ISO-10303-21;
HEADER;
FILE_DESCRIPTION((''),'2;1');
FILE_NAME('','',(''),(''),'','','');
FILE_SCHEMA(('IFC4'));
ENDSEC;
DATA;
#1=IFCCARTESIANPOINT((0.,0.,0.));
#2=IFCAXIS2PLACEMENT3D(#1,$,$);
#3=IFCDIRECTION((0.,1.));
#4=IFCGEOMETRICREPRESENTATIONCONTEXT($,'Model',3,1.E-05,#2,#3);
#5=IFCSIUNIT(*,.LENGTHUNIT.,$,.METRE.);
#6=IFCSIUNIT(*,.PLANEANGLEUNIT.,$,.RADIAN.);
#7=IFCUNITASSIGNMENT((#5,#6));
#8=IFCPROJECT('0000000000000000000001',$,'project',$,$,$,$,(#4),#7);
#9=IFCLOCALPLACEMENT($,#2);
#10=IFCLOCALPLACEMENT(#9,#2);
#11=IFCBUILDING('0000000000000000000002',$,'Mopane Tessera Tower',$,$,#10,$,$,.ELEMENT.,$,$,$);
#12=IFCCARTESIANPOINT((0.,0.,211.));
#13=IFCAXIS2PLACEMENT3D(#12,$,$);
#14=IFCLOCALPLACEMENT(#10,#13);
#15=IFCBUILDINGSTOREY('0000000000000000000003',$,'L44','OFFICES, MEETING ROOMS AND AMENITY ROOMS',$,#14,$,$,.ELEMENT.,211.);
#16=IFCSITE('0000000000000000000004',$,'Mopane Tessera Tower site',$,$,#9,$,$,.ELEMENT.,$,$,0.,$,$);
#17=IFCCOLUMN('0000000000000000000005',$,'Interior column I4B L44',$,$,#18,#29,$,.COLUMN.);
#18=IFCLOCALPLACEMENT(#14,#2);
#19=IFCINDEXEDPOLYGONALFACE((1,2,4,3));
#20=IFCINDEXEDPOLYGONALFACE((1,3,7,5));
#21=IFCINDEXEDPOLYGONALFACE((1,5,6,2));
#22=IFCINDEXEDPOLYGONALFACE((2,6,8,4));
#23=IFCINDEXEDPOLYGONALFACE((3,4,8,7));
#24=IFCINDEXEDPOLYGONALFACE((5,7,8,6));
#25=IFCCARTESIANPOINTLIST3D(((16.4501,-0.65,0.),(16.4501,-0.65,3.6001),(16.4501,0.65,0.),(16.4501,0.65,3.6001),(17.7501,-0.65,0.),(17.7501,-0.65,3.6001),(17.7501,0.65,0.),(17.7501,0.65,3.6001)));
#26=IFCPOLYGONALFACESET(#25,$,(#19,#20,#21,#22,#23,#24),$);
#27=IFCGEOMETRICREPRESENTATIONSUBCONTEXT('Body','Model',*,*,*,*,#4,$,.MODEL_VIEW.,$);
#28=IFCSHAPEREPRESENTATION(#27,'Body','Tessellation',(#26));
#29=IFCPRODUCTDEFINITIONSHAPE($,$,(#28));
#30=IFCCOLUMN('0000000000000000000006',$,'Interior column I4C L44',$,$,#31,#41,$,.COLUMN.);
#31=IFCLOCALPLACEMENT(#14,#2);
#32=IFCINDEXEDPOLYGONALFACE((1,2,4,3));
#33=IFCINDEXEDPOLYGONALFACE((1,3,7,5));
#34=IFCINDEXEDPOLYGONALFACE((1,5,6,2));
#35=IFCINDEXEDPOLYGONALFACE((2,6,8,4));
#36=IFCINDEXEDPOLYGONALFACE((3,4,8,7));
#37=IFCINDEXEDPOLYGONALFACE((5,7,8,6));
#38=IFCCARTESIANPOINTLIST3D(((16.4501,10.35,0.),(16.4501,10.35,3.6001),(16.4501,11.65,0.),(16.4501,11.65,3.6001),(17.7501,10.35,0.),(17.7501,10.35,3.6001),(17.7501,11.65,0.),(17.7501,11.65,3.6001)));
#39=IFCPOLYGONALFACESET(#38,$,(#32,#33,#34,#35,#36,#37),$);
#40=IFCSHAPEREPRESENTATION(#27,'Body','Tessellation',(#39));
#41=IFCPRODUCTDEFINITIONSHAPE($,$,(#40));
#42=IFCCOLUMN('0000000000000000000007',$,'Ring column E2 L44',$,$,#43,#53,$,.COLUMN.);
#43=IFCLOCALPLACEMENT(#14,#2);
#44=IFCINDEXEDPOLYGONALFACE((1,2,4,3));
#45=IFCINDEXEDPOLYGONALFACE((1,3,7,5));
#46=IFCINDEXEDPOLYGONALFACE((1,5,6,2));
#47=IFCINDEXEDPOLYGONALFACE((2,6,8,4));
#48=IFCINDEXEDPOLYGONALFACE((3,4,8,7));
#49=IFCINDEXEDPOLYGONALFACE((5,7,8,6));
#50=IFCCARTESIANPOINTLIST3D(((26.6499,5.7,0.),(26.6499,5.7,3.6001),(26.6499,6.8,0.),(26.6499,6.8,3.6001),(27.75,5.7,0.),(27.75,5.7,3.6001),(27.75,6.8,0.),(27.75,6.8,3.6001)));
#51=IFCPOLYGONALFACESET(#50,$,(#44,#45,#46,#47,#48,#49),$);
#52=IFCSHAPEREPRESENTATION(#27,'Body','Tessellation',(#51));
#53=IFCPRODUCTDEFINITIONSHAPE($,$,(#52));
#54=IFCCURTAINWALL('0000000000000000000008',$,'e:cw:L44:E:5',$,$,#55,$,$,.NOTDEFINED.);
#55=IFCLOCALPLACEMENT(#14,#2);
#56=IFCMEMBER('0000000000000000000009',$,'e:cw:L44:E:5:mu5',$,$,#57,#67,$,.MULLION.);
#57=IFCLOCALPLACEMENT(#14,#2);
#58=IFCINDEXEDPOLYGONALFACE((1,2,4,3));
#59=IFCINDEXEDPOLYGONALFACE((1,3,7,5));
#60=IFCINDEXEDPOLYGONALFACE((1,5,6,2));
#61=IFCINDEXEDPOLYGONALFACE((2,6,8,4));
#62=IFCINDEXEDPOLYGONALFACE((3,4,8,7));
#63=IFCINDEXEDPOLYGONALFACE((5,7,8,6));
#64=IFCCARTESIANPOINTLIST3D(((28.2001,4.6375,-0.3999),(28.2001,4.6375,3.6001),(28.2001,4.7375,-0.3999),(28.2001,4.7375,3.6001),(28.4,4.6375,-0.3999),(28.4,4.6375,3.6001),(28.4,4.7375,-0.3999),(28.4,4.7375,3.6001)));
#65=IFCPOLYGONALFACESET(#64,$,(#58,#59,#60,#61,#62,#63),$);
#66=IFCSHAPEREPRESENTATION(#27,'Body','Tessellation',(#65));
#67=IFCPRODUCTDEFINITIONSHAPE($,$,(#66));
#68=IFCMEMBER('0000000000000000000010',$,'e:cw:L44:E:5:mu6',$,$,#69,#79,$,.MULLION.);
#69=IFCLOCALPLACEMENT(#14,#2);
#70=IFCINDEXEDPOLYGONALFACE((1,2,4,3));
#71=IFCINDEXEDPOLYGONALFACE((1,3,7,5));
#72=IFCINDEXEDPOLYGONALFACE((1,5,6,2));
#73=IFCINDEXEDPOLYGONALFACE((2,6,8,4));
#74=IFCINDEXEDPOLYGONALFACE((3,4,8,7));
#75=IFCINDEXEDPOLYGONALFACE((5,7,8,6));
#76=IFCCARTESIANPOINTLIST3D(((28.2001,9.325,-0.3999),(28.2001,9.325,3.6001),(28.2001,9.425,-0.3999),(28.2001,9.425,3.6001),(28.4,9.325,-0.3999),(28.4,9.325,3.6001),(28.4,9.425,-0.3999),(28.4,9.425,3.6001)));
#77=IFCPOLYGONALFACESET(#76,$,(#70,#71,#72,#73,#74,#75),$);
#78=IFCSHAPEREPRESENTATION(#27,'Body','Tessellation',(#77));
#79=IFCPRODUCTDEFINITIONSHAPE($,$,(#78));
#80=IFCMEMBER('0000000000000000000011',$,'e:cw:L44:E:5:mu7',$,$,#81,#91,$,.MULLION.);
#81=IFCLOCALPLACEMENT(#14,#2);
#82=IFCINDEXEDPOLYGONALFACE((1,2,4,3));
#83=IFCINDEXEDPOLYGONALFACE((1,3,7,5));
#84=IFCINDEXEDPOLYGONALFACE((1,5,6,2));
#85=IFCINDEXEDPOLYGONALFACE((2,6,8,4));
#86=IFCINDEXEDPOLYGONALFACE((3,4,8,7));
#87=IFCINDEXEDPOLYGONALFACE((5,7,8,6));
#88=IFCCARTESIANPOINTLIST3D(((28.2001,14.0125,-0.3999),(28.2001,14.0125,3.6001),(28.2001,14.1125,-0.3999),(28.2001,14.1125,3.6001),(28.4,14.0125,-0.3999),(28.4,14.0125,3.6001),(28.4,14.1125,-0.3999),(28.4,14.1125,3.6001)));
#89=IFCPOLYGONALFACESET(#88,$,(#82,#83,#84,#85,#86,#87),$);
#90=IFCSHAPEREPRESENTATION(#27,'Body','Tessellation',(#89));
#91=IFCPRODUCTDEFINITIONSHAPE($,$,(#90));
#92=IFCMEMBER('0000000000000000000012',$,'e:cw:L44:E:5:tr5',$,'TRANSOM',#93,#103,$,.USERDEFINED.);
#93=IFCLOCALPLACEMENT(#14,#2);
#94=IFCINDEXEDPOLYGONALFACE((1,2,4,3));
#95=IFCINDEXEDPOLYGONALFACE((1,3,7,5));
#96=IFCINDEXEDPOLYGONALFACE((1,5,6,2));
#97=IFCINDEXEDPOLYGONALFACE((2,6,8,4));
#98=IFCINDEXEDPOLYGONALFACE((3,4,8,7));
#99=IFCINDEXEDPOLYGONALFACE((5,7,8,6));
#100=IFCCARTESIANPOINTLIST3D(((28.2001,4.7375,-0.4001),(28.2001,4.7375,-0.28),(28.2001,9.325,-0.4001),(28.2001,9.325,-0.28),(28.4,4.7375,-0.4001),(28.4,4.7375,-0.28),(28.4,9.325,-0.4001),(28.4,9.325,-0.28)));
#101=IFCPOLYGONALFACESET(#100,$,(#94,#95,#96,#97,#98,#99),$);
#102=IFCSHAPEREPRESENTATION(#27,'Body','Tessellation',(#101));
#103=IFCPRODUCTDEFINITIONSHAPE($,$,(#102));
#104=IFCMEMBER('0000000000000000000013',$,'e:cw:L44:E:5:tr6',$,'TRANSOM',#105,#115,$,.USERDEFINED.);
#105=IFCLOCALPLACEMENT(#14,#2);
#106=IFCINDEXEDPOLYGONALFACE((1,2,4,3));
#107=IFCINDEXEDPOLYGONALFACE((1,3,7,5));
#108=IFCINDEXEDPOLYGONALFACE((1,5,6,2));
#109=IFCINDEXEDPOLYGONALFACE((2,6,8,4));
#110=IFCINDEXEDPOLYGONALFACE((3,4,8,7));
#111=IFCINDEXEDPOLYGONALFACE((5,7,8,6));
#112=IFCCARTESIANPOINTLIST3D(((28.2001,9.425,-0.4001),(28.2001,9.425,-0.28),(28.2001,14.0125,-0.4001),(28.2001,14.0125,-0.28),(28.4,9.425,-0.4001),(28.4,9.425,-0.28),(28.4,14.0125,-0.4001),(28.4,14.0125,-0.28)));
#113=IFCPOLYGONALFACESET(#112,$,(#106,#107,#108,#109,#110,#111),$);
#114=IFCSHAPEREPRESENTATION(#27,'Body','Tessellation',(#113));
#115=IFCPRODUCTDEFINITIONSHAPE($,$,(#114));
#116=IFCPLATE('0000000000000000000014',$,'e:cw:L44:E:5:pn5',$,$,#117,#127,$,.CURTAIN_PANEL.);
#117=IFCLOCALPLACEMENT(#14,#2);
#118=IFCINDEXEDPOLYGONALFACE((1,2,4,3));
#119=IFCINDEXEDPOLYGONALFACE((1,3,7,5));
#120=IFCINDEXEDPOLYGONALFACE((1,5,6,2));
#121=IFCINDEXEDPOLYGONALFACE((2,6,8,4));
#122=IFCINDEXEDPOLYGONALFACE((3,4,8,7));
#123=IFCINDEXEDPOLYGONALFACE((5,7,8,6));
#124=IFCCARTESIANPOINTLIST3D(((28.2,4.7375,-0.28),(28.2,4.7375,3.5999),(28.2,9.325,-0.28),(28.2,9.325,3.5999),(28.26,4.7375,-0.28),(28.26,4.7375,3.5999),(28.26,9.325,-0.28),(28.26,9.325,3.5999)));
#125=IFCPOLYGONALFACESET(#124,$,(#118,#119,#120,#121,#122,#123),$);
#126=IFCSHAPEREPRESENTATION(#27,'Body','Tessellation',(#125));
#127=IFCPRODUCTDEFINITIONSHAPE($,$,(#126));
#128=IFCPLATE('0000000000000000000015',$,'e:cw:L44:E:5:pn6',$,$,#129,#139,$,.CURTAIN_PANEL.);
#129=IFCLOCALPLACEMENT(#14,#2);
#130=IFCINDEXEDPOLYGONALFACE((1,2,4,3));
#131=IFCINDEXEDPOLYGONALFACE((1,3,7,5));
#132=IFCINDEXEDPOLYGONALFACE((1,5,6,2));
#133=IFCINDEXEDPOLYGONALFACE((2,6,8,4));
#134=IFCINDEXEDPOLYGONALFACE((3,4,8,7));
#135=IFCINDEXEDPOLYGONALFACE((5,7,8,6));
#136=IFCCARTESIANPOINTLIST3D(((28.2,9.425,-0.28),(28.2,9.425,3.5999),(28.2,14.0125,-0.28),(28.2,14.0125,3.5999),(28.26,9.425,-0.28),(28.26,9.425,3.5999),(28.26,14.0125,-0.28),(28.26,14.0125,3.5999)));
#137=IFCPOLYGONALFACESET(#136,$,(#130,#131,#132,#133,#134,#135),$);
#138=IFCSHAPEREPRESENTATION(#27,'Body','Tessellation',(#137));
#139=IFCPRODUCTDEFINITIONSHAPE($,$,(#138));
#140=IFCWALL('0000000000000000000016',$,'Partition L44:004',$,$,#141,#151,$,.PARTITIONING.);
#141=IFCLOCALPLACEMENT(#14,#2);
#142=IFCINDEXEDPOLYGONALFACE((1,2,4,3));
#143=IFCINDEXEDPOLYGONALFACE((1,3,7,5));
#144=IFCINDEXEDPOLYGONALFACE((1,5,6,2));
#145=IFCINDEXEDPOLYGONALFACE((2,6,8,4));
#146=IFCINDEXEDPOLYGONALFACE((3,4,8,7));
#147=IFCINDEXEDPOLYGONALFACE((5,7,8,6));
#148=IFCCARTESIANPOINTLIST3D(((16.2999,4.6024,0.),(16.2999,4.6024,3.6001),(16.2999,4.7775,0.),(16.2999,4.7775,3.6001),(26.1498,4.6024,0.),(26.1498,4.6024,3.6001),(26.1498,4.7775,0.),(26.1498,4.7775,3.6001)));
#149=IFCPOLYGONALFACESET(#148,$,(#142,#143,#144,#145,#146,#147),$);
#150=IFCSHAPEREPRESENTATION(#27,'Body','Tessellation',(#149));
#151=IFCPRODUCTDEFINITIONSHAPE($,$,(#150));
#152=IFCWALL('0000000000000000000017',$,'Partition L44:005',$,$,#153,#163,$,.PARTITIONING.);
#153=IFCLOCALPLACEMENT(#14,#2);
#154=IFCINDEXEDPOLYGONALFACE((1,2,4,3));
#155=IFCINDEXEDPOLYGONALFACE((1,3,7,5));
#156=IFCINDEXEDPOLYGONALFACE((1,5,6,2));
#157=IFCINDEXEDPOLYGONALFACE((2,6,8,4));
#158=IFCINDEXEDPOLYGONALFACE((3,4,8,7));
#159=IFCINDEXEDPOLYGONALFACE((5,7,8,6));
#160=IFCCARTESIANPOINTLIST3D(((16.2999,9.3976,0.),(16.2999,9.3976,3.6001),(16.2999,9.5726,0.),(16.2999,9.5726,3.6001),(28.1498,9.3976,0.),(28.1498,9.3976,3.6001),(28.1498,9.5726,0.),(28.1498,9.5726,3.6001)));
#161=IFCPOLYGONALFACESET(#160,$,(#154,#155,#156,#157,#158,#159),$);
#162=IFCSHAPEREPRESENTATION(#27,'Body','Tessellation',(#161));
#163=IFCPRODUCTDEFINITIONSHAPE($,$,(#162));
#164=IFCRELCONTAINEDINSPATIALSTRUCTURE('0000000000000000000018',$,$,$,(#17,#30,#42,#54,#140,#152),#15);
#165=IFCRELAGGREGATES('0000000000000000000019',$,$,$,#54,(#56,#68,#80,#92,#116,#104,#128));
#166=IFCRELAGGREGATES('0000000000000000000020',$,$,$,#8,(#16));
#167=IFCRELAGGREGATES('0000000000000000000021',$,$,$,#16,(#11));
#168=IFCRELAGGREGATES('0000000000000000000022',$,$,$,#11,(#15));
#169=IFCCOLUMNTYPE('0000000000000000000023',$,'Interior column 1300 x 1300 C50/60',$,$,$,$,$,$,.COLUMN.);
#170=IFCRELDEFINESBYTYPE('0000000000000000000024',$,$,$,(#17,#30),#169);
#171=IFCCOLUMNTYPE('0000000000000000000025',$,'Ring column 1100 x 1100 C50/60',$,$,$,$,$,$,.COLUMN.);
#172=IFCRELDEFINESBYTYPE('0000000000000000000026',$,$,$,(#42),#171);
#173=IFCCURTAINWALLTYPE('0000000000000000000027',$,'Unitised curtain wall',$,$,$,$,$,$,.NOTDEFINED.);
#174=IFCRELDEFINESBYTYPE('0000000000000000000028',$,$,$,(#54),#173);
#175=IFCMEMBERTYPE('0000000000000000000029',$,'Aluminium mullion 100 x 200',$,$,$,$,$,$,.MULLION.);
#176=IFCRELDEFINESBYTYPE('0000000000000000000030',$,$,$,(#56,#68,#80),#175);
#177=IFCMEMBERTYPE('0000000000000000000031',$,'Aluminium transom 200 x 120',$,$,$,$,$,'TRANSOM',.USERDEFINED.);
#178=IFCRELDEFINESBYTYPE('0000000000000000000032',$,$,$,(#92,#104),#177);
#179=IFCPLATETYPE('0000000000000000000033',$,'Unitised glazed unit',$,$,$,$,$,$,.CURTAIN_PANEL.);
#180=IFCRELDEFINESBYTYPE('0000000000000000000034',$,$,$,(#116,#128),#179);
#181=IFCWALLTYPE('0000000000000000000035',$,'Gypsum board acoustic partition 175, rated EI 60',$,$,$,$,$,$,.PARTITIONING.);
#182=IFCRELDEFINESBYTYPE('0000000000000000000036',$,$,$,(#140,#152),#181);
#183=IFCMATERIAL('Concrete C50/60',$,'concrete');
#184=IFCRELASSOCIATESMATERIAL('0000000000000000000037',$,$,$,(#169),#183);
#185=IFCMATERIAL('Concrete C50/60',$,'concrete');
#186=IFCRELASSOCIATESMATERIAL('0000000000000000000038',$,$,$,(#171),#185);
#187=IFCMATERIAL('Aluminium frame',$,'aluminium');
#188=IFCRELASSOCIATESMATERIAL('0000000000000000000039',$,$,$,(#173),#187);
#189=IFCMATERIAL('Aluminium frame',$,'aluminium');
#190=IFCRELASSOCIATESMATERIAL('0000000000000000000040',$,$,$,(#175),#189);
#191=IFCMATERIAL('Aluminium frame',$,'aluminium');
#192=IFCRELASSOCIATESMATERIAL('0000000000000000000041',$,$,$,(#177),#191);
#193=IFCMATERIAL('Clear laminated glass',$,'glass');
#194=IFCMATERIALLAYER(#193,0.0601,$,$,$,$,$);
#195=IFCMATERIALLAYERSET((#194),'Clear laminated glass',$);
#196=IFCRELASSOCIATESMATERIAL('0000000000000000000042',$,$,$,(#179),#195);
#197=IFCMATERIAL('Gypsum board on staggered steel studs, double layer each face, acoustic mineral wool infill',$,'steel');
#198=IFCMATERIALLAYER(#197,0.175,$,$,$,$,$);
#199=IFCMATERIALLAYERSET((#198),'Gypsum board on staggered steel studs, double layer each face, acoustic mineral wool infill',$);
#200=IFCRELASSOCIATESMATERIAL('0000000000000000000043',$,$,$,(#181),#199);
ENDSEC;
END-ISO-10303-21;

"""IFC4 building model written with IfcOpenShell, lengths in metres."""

from ifc_helpers import new_model, si_unit, direction, frame, frame_2d, origin, origin_2d, place, context, subcontext, project, spatial, rectangle, extrude, material, layer, layer_set, material_profile, profile_set, type_object, element, aggregate, save


model = new_model("IFC4")

# Units and contexts
model_context = context("Model", 3, precision=1e-05, world=origin(), true_north=direction((0.0, 1.0)))
body_context = subcontext(model_context, "Body", "Model", "MODEL_VIEW")
ifc_project = project(units=[si_unit("LENGTHUNIT", "METRE"), si_unit("PLANEANGLEUNIT", "RADIAN")], contexts=[model_context])

# Site, building, storey
site_placement = place(None, origin())
site = spatial("IfcSite", under=ifc_project, at=site_placement, Name="Mopane Tessera Tower site", CompositionType="ELEMENT", RefElevation=0.0)
building_placement = place(site_placement, origin())
building = spatial("IfcBuilding", under=site, at=building_placement, Name="Mopane Tessera Tower", CompositionType="ELEMENT")
storey_placement = place(building_placement, frame((0.0, 0.0, 211.0)))
storey = spatial("IfcBuildingStorey", under=building, at=storey_placement, Name="L44", Description="OFFICES, MEETING ROOMS AND AMENITY ROOMS", CompositionType="ELEMENT", Elevation=211.0)

# Columns
ifc_material_1 = material(Name="Concrete C50/60", Category="concrete")
ifc_material_profile_1 = material_profile(ifc_material_1, rectangle(XDim=1.3, YDim=1.3, at=origin_2d()))
ifc_profile_set_1 = profile_set([ifc_material_profile_1], Name="Concrete C50/60")
column_type_1 = type_object("IfcColumnType", Name="Interior column 1300 x 1300 C50/60", PredefinedType="COLUMN", material=ifc_profile_set_1)
for number, where, z_axis, x_axis, name in (
    (1, (17.1001, 0.0, 0.0), (0.0, 0.0, 1.0), (1.0, 0.0, 0.0), "Interior column I4B L44"),
    (2, (17.1001, 11.0, 0.0), (0.0, 0.0, 1.0), (1.0, 0.0, 0.0), "Interior column I4C L44"),
):
    element("IfcColumn", number, at=place(storey_placement, frame(where, z_axis=z_axis, x_axis=x_axis)), inside=storey, type_object=column_type_1, Name=name, PredefinedType="COLUMN", context=body_context, shape_type="SweptSolid", body=[
        extrude(rectangle(XDim=1.3, YDim=1.3, at=origin_2d()), origin(), (0.0, 0.0, 1.0), 3.6001),
    ])
ifc_material_2 = material(Name="Concrete C50/60", Category="concrete")
ifc_material_profile_2 = material_profile(ifc_material_2, rectangle(XDim=1.1001, YDim=1.1001, at=origin_2d()))
ifc_profile_set_2 = profile_set([ifc_material_profile_2], Name="Concrete C50/60")
column_type_2 = type_object("IfcColumnType", Name="Ring column 1100 x 1100 C50/60", PredefinedType="COLUMN", material=ifc_profile_set_2)
column_placement = place(storey_placement, frame((27.2, 6.25, 0.0), z_axis=(0.0, 0.0, 1.0), x_axis=(1.0, 0.0, 0.0)))
element("IfcColumn", 3, at=column_placement, inside=storey, type_object=column_type_2, Name="Ring column E2 L44", PredefinedType="COLUMN", context=body_context, shape_type="SweptSolid", body=[
    extrude(rectangle(XDim=1.1001, YDim=1.1001, at=origin_2d()), origin(), (0.0, 0.0, 1.0), 3.6001),
])

# Curtain wall, members, plates
ifc_material_3 = material(Name="Aluminium frame", Category="aluminium")
curtain_wall_type = type_object("IfcCurtainWallType", Name="Unitised curtain wall", PredefinedType="NOTDEFINED", material=ifc_material_3)
curtain_wall_placement = place(storey_placement, origin())
curtain_wall = element("IfcCurtainWall", 4, at=curtain_wall_placement, inside=storey, type_object=curtain_wall_type, Name="e:cw:L44:E:5", PredefinedType="NOTDEFINED")
ifc_material_4 = material(Name="Aluminium frame", Category="aluminium")
ifc_material_profile_3 = material_profile(ifc_material_4, rectangle(XDim=0.1001, YDim=0.2, at=origin_2d()))
ifc_profile_set_3 = profile_set([ifc_material_profile_3], Name="Aluminium frame")
member_type_1 = type_object("IfcMemberType", Name="Aluminium mullion 100 x 200", PredefinedType="MULLION", material=ifc_profile_set_3)
member_1_placement = place(storey_placement, frame((28.3, 4.6875, -0.3999), z_axis=(0.0, 0.0, 1.0), x_axis=(0.0, 1.0, 0.0)))
member_1 = element("IfcMember", 5, at=member_1_placement, type_object=member_type_1, Name="e:cw:L44:E:5:mu5", PredefinedType="MULLION", context=body_context, shape_type="SweptSolid", body=[
    extrude(rectangle(XDim=0.1001, YDim=0.2, at=origin_2d()), origin(), (0.0, 0.0, 1.0), 4.0),
])
member_2_placement = place(storey_placement, frame((28.3, 9.375, -0.3999), z_axis=(0.0, 0.0, 1.0), x_axis=(0.0, 1.0, 0.0)))
member_2 = element("IfcMember", 6, at=member_2_placement, type_object=member_type_1, Name="e:cw:L44:E:5:mu6", PredefinedType="MULLION", context=body_context, shape_type="SweptSolid", body=[
    extrude(rectangle(XDim=0.1001, YDim=0.2, at=origin_2d()), origin(), (0.0, 0.0, 1.0), 4.0),
])
member_3_placement = place(storey_placement, frame((28.3, 14.0625, -0.3999), z_axis=(0.0, 0.0, 1.0), x_axis=(0.0, 1.0, 0.0)))
member_3 = element("IfcMember", 7, at=member_3_placement, type_object=member_type_1, Name="e:cw:L44:E:5:mu7", PredefinedType="MULLION", context=body_context, shape_type="SweptSolid", body=[
    extrude(rectangle(XDim=0.1001, YDim=0.2, at=origin_2d()), origin(), (0.0, 0.0, 1.0), 4.0),
])
ifc_material_5 = material(Name="Aluminium frame", Category="aluminium")
ifc_material_profile_4 = material_profile(ifc_material_5, rectangle(XDim=0.2, YDim=0.1201, at=origin_2d()))
ifc_profile_set_4 = profile_set([ifc_material_profile_4], Name="Aluminium frame")
member_type_2 = type_object("IfcMemberType", Name="Aluminium transom 200 x 120", ElementType="TRANSOM", PredefinedType="USERDEFINED", material=ifc_profile_set_4)
member_4_placement = place(storey_placement, frame((28.3, 4.7375, -0.3401), z_axis=(0.0, 1.0, 0.0), x_axis=(-1.0, 0.0, 0.0)))
member_4 = element("IfcMember", 8, at=member_4_placement, type_object=member_type_2, Name="e:cw:L44:E:5:tr5", ObjectType="TRANSOM", PredefinedType="USERDEFINED", context=body_context, shape_type="SweptSolid", body=[
    extrude(rectangle(XDim=0.2, YDim=0.1201, at=origin_2d()), origin(), (0.0, 0.0, 1.0), 4.5874),
])
member_5_placement = place(storey_placement, frame((28.3, 9.425, -0.3401), z_axis=(0.0, 1.0, 0.0), x_axis=(-1.0, 0.0, 0.0)))
member_5 = element("IfcMember", 9, at=member_5_placement, type_object=member_type_2, Name="e:cw:L44:E:5:tr6", ObjectType="TRANSOM", PredefinedType="USERDEFINED", context=body_context, shape_type="SweptSolid", body=[
    extrude(rectangle(XDim=0.2, YDim=0.1201, at=origin_2d()), origin(), (0.0, 0.0, 1.0), 4.5874),
])
ifc_material_6 = material(Name="Clear laminated glass", Category="glass")
ifc_layer_1 = layer(ifc_material_6, 0.0601)
ifc_layer_set_1 = layer_set([ifc_layer_1], Name="Clear laminated glass")
plate_type = type_object("IfcPlateType", Name="Unitised glazed unit", PredefinedType="CURTAIN_PANEL", material=ifc_layer_set_1)
plate_1_placement = place(storey_placement, frame((28.23, 7.0312, -0.28), z_axis=(0.0, 0.0, 1.0), x_axis=(0.0, 1.0, 0.0)))
plate_1 = element("IfcPlate", 10, at=plate_1_placement, type_object=plate_type, Name="e:cw:L44:E:5:pn5", PredefinedType="CURTAIN_PANEL", context=body_context, shape_type="SweptSolid", body=[
    extrude(rectangle(XDim=4.5874, YDim=0.0601, at=origin_2d()), origin(), (0.0, 0.0, 1.0), 3.8799),
])
plate_2_placement = place(storey_placement, frame((28.23, 11.7188, -0.28), z_axis=(0.0, 0.0, 1.0), x_axis=(0.0, 1.0, 0.0)))
plate_2 = element("IfcPlate", 11, at=plate_2_placement, type_object=plate_type, Name="e:cw:L44:E:5:pn6", PredefinedType="CURTAIN_PANEL", context=body_context, shape_type="SweptSolid", body=[
    extrude(rectangle(XDim=4.5874, YDim=0.0601, at=origin_2d()), origin(), (0.0, 0.0, 1.0), 3.8799),
])
aggregate(curtain_wall, [member_1, member_2, member_3, member_4, plate_1, member_5, plate_2])

# Walls
ifc_material_7 = material(Name="Gypsum board on staggered steel studs, double layer each face, acoustic mineral wool infill", Category="steel")
ifc_layer_2 = layer(ifc_material_7, 0.175)
ifc_layer_set_2 = layer_set([ifc_layer_2], Name="Gypsum board on staggered steel studs, double layer each face, acoustic mineral wool infill")
wall_type_1 = type_object("IfcWallType", Name="Gypsum board acoustic partition 175, rated EI 60", PredefinedType="PARTITIONING", material=ifc_layer_set_2)
wall_1_placement = place(storey_placement, frame((16.3, 4.6899, 0.0), z_axis=(0.0, 0.0, 1.0), x_axis=(1.0, 0.0, 0.0)))
element("IfcWall", 12, at=wall_1_placement, inside=storey, type_object=wall_type_1, Name="Partition L44:004", PredefinedType="PARTITIONING", context=body_context, shape_type="SweptSolid", body=[
    extrude(rectangle(XDim=9.8499, YDim=0.175, at=frame_2d((4.9248, 0.0))), origin(), (0.0, 0.0, 1.0), 3.6001),
])
wall_2_placement = place(storey_placement, frame((16.3, 9.4851, 0.0), z_axis=(0.0, 0.0, 1.0), x_axis=(1.0, 0.0, 0.0)))
element("IfcWall", 13, at=wall_2_placement, inside=storey, type_object=wall_type_1, Name="Partition L44:005", PredefinedType="PARTITIONING", context=body_context, shape_type="SweptSolid", body=[
    extrude(rectangle(XDim=11.8499, YDim=0.175, at=frame_2d((5.9248, 0.0))), origin(), (0.0, 0.0, 1.0), 3.6001),
])

save(model, "model.ifc")
